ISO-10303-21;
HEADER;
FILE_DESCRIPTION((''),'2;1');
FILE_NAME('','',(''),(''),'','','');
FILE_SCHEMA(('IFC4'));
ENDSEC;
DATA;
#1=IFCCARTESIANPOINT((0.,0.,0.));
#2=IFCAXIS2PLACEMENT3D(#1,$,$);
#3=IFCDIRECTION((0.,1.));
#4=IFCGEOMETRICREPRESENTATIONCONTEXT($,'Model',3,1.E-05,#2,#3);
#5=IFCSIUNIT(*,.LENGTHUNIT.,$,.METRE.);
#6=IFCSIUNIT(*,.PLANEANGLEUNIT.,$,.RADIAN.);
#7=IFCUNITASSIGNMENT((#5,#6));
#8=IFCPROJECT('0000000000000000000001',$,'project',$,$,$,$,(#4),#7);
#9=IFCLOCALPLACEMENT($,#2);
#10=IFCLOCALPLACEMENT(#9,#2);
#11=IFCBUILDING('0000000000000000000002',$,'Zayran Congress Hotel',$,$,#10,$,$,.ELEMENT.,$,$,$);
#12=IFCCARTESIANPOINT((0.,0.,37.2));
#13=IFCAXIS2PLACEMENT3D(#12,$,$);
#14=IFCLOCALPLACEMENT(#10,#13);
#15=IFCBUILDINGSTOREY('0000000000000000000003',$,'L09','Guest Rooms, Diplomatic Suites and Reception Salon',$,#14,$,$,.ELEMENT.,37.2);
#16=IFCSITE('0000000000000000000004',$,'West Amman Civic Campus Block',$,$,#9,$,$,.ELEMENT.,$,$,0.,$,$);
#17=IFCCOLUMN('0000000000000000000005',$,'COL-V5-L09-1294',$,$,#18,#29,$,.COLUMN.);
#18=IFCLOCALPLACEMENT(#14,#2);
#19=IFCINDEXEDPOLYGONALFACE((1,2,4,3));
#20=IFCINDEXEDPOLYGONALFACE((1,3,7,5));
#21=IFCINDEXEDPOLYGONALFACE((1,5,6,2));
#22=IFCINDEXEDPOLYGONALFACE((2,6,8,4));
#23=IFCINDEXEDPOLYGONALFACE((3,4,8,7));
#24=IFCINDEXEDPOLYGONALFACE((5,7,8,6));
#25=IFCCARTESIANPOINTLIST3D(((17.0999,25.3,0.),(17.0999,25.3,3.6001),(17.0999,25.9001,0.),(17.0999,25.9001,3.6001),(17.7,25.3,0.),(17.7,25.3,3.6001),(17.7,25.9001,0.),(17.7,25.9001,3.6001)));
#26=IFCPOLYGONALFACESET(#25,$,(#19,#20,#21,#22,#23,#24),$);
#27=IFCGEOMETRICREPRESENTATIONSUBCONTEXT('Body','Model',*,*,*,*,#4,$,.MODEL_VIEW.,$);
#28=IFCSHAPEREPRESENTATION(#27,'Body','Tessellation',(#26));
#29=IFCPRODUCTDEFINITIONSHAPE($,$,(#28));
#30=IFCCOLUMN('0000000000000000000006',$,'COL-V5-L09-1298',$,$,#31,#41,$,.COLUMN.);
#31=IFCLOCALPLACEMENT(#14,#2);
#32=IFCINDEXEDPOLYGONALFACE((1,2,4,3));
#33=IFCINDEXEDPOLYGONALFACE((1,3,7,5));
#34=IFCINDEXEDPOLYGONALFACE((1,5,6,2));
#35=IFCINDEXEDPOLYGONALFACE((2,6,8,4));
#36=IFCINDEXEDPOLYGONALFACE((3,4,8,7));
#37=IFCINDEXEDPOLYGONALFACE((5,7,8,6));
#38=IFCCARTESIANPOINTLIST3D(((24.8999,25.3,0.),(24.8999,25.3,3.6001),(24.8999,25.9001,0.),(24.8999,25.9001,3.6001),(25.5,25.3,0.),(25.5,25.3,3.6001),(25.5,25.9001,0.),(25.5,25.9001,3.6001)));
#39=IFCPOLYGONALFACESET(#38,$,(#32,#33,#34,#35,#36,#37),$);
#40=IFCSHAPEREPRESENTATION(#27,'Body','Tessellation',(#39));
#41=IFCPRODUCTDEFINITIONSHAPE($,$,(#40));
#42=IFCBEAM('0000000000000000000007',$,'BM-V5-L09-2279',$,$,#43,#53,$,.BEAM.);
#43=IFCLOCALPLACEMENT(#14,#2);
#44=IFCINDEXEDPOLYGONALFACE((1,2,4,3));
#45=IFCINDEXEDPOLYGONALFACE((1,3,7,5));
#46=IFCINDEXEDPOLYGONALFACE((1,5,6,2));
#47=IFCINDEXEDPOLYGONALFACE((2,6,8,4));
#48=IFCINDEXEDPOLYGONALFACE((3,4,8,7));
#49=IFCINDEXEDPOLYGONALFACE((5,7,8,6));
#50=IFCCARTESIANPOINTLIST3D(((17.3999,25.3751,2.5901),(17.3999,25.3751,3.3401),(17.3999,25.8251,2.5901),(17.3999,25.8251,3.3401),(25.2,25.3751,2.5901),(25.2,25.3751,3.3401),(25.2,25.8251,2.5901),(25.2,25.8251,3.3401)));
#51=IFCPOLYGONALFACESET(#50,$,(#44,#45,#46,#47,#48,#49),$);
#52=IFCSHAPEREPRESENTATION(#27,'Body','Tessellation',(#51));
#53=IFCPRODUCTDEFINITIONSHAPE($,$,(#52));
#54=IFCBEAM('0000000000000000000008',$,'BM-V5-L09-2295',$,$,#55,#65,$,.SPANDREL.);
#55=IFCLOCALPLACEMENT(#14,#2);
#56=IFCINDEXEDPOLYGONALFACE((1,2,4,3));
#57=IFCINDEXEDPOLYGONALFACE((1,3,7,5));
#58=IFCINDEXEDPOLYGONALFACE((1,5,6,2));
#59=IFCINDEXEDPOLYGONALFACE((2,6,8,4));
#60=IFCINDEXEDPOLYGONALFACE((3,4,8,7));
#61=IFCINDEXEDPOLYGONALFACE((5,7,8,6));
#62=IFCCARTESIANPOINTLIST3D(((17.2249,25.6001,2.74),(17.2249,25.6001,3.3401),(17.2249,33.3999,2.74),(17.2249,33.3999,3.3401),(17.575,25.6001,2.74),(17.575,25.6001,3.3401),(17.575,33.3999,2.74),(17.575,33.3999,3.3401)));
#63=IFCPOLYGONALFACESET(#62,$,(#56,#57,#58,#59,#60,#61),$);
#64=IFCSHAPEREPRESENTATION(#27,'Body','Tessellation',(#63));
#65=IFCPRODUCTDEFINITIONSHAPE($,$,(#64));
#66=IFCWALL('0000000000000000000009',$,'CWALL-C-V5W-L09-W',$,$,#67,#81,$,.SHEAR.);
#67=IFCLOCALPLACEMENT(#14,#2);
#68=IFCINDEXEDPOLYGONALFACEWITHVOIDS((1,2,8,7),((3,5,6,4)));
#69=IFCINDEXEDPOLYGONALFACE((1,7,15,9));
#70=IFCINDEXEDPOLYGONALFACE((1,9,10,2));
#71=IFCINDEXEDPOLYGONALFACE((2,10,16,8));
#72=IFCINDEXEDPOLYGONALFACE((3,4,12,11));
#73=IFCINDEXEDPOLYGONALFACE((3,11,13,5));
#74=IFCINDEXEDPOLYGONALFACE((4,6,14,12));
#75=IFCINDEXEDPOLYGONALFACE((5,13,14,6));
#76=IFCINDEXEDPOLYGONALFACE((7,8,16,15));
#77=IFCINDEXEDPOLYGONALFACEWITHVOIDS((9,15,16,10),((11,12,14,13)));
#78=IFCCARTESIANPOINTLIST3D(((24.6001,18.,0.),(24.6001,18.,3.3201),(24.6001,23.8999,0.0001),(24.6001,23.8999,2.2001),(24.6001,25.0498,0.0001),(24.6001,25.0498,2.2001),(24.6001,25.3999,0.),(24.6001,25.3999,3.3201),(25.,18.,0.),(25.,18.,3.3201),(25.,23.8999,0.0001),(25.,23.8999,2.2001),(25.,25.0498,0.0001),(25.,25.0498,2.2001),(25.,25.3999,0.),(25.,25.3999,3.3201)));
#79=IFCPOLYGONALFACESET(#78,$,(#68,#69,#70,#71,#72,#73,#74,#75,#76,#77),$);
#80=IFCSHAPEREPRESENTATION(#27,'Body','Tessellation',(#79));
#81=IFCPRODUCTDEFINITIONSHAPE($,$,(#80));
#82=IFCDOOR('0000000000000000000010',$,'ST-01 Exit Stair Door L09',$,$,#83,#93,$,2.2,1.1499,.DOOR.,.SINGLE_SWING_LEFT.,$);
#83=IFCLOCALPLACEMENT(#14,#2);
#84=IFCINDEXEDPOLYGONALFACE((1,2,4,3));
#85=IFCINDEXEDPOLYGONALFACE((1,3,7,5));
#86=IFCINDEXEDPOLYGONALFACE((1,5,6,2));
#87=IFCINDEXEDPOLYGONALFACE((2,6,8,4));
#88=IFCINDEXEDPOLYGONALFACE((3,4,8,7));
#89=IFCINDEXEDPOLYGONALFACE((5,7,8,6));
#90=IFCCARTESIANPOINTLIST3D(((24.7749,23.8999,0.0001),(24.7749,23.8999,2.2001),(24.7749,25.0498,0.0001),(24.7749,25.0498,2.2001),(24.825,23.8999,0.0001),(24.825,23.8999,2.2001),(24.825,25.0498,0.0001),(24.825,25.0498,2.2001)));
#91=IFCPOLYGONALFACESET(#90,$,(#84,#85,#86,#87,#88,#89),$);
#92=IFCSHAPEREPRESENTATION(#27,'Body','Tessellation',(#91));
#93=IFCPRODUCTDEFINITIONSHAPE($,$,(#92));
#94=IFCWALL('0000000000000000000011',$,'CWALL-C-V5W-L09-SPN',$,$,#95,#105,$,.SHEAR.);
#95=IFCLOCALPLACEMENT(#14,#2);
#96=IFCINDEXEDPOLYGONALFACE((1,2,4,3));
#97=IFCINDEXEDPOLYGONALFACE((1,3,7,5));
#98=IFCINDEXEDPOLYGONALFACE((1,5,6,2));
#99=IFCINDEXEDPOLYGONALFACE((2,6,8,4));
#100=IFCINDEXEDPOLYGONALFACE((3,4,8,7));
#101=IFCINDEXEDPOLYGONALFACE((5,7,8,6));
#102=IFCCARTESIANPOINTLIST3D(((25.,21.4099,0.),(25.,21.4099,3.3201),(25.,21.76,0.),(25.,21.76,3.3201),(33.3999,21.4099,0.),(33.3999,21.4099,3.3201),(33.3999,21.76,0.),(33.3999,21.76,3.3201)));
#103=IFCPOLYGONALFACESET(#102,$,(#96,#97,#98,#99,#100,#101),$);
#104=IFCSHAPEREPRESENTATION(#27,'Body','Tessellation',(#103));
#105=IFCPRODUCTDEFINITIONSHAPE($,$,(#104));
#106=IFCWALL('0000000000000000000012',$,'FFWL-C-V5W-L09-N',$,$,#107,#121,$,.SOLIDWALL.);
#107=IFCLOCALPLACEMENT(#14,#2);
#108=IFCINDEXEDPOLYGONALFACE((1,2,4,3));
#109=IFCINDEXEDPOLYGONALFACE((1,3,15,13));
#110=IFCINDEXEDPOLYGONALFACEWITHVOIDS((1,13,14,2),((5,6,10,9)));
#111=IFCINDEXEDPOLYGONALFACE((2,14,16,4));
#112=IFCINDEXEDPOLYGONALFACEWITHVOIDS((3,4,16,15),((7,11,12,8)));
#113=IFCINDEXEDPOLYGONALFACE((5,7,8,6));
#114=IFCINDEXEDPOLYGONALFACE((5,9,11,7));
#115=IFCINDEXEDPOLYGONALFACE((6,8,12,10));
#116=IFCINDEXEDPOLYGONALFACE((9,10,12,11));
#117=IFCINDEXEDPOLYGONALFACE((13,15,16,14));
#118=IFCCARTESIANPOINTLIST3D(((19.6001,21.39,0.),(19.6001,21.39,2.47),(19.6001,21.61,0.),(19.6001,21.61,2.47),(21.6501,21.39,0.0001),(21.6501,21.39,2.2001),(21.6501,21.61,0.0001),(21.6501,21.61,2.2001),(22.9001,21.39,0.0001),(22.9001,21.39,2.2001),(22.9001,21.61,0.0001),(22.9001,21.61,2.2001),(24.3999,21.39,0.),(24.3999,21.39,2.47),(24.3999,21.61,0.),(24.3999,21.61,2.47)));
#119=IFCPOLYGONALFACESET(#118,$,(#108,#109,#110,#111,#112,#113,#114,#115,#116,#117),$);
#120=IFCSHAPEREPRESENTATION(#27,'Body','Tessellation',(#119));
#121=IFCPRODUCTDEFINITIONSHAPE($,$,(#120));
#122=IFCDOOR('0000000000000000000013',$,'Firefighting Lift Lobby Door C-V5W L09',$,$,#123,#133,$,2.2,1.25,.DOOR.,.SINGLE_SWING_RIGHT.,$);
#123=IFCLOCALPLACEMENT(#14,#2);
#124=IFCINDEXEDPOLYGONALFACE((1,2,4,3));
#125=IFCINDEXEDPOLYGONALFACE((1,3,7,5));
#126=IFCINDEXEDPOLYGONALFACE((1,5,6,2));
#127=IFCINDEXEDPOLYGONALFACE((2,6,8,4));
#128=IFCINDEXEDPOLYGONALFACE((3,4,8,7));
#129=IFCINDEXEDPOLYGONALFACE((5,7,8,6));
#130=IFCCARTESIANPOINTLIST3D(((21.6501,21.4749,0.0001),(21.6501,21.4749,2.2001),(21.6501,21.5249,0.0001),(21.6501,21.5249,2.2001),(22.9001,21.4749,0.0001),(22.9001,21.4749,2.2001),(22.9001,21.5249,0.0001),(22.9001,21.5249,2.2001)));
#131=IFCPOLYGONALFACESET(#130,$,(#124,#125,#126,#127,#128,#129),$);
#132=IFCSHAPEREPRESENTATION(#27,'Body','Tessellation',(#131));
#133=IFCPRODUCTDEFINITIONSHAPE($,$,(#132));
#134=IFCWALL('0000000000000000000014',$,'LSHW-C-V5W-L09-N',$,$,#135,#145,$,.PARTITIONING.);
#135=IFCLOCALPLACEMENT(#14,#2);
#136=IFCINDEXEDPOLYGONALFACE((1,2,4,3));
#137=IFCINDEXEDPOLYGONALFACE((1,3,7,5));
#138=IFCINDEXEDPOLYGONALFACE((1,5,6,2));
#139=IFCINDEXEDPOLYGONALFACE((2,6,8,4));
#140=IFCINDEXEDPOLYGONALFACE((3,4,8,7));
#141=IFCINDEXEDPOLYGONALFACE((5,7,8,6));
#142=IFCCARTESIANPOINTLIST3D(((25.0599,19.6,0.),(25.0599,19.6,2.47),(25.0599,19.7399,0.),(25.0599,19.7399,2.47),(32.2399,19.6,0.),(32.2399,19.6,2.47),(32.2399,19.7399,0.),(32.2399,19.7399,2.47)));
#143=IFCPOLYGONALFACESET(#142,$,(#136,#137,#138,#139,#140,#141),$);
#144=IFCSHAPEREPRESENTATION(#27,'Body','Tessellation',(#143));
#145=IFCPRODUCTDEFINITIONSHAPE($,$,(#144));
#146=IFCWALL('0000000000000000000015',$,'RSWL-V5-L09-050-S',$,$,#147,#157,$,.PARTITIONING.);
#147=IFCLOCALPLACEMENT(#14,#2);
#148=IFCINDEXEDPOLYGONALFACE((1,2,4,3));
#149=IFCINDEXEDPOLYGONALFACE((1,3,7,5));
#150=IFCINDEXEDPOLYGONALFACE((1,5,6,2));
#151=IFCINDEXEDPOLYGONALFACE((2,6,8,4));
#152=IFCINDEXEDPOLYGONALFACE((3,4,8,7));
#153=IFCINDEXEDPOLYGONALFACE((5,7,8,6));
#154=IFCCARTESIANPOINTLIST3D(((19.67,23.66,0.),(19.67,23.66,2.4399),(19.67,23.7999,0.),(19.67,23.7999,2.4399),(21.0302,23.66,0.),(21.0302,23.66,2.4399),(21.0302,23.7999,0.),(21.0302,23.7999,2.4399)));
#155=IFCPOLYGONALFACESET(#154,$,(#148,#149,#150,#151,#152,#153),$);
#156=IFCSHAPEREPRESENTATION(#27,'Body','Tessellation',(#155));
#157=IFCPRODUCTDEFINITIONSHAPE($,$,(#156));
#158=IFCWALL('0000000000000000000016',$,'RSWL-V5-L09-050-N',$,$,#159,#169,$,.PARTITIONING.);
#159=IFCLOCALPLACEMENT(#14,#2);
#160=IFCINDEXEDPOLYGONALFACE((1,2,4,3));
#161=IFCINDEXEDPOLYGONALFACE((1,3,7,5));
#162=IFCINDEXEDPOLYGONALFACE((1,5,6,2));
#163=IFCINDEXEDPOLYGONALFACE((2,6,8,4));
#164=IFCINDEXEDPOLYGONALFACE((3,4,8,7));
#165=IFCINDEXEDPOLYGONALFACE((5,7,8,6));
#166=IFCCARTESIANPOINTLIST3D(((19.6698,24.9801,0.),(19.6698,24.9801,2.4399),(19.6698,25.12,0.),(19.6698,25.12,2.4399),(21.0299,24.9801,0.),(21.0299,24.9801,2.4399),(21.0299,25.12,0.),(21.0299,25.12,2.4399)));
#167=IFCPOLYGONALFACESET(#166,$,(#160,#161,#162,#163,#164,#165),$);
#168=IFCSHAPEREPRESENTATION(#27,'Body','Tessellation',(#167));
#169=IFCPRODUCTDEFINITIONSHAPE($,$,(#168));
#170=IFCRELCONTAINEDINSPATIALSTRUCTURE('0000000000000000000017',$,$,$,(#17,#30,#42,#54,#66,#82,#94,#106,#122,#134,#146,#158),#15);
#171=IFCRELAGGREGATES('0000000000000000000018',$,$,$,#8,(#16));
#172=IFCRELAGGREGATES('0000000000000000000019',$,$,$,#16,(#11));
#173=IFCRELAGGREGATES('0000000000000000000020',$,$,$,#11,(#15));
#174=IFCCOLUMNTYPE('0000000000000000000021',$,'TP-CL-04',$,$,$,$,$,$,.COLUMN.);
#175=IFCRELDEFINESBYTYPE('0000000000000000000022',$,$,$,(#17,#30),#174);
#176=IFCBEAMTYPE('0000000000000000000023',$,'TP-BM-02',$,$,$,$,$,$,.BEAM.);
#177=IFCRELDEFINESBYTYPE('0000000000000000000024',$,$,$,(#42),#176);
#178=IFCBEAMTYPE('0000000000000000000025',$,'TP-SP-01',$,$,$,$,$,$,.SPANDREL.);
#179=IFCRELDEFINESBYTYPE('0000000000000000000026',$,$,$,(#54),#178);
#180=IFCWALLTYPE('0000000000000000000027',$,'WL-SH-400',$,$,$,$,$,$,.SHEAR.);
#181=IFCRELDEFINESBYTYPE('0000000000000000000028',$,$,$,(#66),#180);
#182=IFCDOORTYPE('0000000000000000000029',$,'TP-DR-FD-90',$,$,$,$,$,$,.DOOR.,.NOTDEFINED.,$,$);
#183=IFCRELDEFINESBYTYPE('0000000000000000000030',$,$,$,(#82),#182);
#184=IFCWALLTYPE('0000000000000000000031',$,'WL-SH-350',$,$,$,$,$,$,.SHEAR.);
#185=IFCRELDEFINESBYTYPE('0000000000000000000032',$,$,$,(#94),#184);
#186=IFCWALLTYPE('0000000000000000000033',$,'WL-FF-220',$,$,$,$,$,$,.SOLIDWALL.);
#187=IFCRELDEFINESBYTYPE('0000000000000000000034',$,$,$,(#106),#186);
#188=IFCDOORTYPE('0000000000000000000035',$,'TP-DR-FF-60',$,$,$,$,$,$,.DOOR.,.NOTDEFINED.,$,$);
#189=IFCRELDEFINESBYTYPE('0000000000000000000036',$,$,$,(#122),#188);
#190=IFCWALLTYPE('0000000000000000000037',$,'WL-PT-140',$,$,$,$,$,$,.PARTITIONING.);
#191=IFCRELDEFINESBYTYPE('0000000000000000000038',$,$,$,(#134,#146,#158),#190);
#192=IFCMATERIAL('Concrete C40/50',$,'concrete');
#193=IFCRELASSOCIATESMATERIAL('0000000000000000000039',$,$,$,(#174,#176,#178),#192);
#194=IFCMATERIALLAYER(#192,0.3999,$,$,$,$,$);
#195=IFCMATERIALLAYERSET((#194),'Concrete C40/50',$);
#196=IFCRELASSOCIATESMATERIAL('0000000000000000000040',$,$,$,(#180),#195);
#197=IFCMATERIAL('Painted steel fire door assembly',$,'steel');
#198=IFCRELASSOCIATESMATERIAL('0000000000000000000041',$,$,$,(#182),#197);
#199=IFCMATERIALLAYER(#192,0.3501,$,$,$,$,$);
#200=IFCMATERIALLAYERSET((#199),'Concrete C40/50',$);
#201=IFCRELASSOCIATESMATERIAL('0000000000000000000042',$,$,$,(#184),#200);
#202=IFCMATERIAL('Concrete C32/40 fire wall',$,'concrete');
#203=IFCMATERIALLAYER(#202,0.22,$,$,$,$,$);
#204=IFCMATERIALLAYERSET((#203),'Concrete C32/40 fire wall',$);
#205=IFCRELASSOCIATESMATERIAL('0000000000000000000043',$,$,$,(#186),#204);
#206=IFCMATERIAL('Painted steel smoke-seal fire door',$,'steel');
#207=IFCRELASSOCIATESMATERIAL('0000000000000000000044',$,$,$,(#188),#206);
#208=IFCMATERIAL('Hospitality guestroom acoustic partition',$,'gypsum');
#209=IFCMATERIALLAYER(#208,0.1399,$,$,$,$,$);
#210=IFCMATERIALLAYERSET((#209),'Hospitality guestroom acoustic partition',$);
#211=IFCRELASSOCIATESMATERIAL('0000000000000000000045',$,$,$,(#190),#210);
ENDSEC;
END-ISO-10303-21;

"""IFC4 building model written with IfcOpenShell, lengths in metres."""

from ifc_helpers import new_model, si_unit, direction, frame, frame_2d, origin, origin_2d, place, context, subcontext, project, spatial, rectangle, extrude, material, layer, layer_set, material_profile, profile_set, type_object, element, fill, save


model = new_model("IFC4")

# Units and contexts
model_context = context("Model", 3, precision=1e-05, world=origin(), true_north=direction((0.0, 1.0)))
body_context = subcontext(model_context, "Body", "Model", "MODEL_VIEW")
ifc_project = project(units=[si_unit("LENGTHUNIT", "METRE"), si_unit("PLANEANGLEUNIT", "RADIAN")], contexts=[model_context])

# Site, building, storey
site_placement = place(None, origin())
site = spatial("IfcSite", under=ifc_project, at=site_placement, Name="West Amman Civic Campus Block", CompositionType="ELEMENT", RefElevation=0.0)
building_placement = place(site_placement, origin())
building = spatial("IfcBuilding", under=site, at=building_placement, Name="Zayran Congress Hotel", CompositionType="ELEMENT")
storey_placement = place(building_placement, frame((0.0, 0.0, 37.2)))
storey = spatial("IfcBuildingStorey", under=building, at=storey_placement, Name="L09", Description="Guest Rooms, Diplomatic Suites and Reception Salon", CompositionType="ELEMENT", Elevation=37.2)

# Columns
ifc_material_1 = material(Name="Concrete C40/50", Category="concrete")
ifc_material_profile_1 = material_profile(ifc_material_1, rectangle(XDim=0.6001, YDim=0.6001, at=origin_2d()), Name="RC 600x600")
ifc_profile_set_1 = profile_set([ifc_material_profile_1], Name="Concrete C40/50")
column_type = type_object("IfcColumnType", Name="TP-CL-04", PredefinedType="COLUMN", material=ifc_profile_set_1)
for number, where, z_axis, x_axis, name in (
    (1, (17.3999, 25.6001, 0.0), (0.0, 0.0, 1.0), (1.0, 0.0, 0.0), "COL-V5-L09-1294"),
    (2, (25.2, 25.6001, 0.0), (0.0, 0.0, 1.0), (1.0, 0.0, 0.0), "COL-V5-L09-1298"),
):
    element("IfcColumn", number, at=place(storey_placement, frame(where, z_axis=z_axis, x_axis=x_axis)), inside=storey, type_object=column_type, Name=name, PredefinedType="COLUMN", context=body_context, shape_type="SweptSolid", body=[
        extrude(rectangle(XDim=0.6001, YDim=0.6001, at=origin_2d()), origin(), (0.0, 0.0, 1.0), 3.6001),
    ])

# Beams
ifc_material_profile_2 = material_profile(ifc_material_1, rectangle(XDim=0.45, YDim=0.75, at=origin_2d()), Name="RC 450x750")
ifc_profile_set_2 = profile_set([ifc_material_profile_2], Name="Concrete C40/50")
beam_type_1 = type_object("IfcBeamType", Name="TP-BM-02", PredefinedType="BEAM", material=ifc_profile_set_2)
beam_1_placement = place(storey_placement, frame((17.3999, 25.6001, 2.9651), z_axis=(1.0, 0.0, 0.0), x_axis=(0.0, 1.0, 0.0)))
element("IfcBeam", 3, at=beam_1_placement, inside=storey, type_object=beam_type_1, Name="BM-V5-L09-2279", PredefinedType="BEAM", context=body_context, shape_type="SweptSolid", body=[
    extrude(rectangle(XDim=0.45, YDim=0.75, at=origin_2d()), origin(), (0.0, 0.0, 1.0), 7.8),
])
ifc_material_profile_3 = material_profile(ifc_material_1, rectangle(XDim=0.3501, YDim=0.6001, at=origin_2d()), Name="RC 350x600")
ifc_profile_set_3 = profile_set([ifc_material_profile_3], Name="Concrete C40/50")
beam_type_2 = type_object("IfcBeamType", Name="TP-SP-01", PredefinedType="SPANDREL", material=ifc_profile_set_3)
beam_2_placement = place(storey_placement, frame((17.3999, 25.6001, 3.04), z_axis=(0.0, 1.0, 0.0), x_axis=(-1.0, 0.0, 0.0)))
element("IfcBeam", 4, at=beam_2_placement, inside=storey, type_object=beam_type_2, Name="BM-V5-L09-2295", PredefinedType="SPANDREL", context=body_context, shape_type="SweptSolid", body=[
    extrude(rectangle(XDim=0.3501, YDim=0.6001, at=origin_2d()), origin(), (0.0, 0.0, 1.0), 7.7998),
])

# Wall, opening, door
ifc_layer_1 = layer(ifc_material_1, 0.3999)
ifc_layer_set_1 = layer_set([ifc_layer_1], Name="Concrete C40/50")
wall_type_1 = type_object("IfcWallType", Name="WL-SH-400", PredefinedType="SHEAR", material=ifc_layer_set_1)
wall_1_placement = place(storey_placement, frame((24.8, 25.3999, 0.0), z_axis=(0.0, 0.0, 1.0), x_axis=(0.0, -1.0, 0.0)))
wall_1 = element("IfcWall", 5, at=wall_1_placement, inside=storey, type_object=wall_type_1, Name="CWALL-C-V5W-L09-W", PredefinedType="SHEAR", context=body_context, shape_type="SweptSolid", body=[
    extrude(rectangle(XDim=7.3999, YDim=0.3999, at=frame_2d((3.7, 0.0))), origin(), (0.0, 0.0, 1.0), 3.3201),
])
opening_1_placement = place(wall_1_placement, frame((0.3501, 0.0, 0.0)))
opening_1 = element("IfcOpeningElement", 6, at=opening_1_placement, cuts=wall_1, PredefinedType="OPENING", context=body_context, shape_type="SweptSolid", body=[
    extrude(rectangle(XDim=1.1499, YDim=2.2, at=frame_2d((0.575, 1.1001))), frame((0.0, 0.21, 0.0), z_axis=(0.0, -1.0, 0.0), x_axis=(1.0, 0.0, 0.0)), (0.0, 0.0, 1.0), 0.4199),
])
ifc_material_2 = material(Name="Painted steel fire door assembly", Category="steel")
door_type_1 = type_object("IfcDoorType", Name="TP-DR-FD-90", OperationType="NOTDEFINED", PredefinedType="DOOR", material=ifc_material_2)
door_1_placement = place(opening_1_placement, origin())
door_1 = element("IfcDoor", 7, at=door_1_placement, inside=storey, type_object=door_type_1, Name="ST-01 Exit Stair Door L09", OperationType="SINGLE_SWING_LEFT", OverallHeight=2.2, OverallWidth=1.1499, PredefinedType="DOOR", context=body_context, shape_type="SweptSolid", body=[
    extrude(rectangle(XDim=1.1499, YDim=2.2, at=frame_2d((0.575, 1.1001))), frame((0.0, 0.0249, 0.0), z_axis=(0.0, -1.0, 0.0), x_axis=(1.0, 0.0, 0.0)), (0.0, 0.0, 1.0), 0.05),
])
fill(opening_1, door_1)

# Wall
ifc_layer_2 = layer(ifc_material_1, 0.3501)
ifc_layer_set_2 = layer_set([ifc_layer_2], Name="Concrete C40/50")
wall_type_2 = type_object("IfcWallType", Name="WL-SH-350", PredefinedType="SHEAR", material=ifc_layer_set_2)
wall_2_placement = place(storey_placement, frame((25.0, 21.585, 0.0), z_axis=(0.0, 0.0, 1.0), x_axis=(1.0, 0.0, 0.0)))
element("IfcWall", 8, at=wall_2_placement, inside=storey, type_object=wall_type_2, Name="CWALL-C-V5W-L09-SPN", PredefinedType="SHEAR", context=body_context, shape_type="SweptSolid", body=[
    extrude(rectangle(XDim=8.3999, YDim=0.3501, at=frame_2d((4.2, 0.0))), origin(), (0.0, 0.0, 1.0), 3.3201),
])

# Wall, opening, door
ifc_material_3 = material(Name="Concrete C32/40 fire wall", Category="concrete")
ifc_layer_3 = layer(ifc_material_3, 0.22)
ifc_layer_set_3 = layer_set([ifc_layer_3], Name="Concrete C32/40 fire wall")
wall_type_3 = type_object("IfcWallType", Name="WL-FF-220", PredefinedType="SOLIDWALL", material=ifc_layer_set_3)
wall_3_placement = place(storey_placement, frame((19.6001, 21.5, 0.0), z_axis=(0.0, 0.0, 1.0), x_axis=(1.0, 0.0, 0.0)))
wall_3 = element("IfcWall", 9, at=wall_3_placement, inside=storey, type_object=wall_type_3, Name="FFWL-C-V5W-L09-N", PredefinedType="SOLIDWALL", context=body_context, shape_type="SweptSolid", body=[
    extrude(rectangle(XDim=4.7998, YDim=0.22, at=frame_2d((2.3999, 0.0))), origin(), (0.0, 0.0, 1.0), 2.47),
])
opening_2_placement = place(wall_3_placement, frame((2.05, 0.0, 0.0)))
opening_2 = element("IfcOpeningElement", 10, at=opening_2_placement, cuts=wall_3, PredefinedType="OPENING", context=body_context, shape_type="SweptSolid", body=[
    extrude(rectangle(XDim=1.25, YDim=2.2, at=frame_2d((0.625, 1.1001))), frame((0.0, 0.1199, 0.0), z_axis=(0.0, -1.0, 0.0), x_axis=(1.0, 0.0, 0.0)), (0.0, 0.0, 1.0), 0.24),
])
ifc_material_4 = material(Name="Painted steel smoke-seal fire door", Category="steel")
door_type_2 = type_object("IfcDoorType", Name="TP-DR-FF-60", OperationType="NOTDEFINED", PredefinedType="DOOR", material=ifc_material_4)
door_2_placement = place(opening_2_placement, origin())
door_2 = element("IfcDoor", 11, at=door_2_placement, inside=storey, type_object=door_type_2, Name="Firefighting Lift Lobby Door C-V5W L09", OperationType="SINGLE_SWING_RIGHT", OverallHeight=2.2, OverallWidth=1.25, PredefinedType="DOOR", context=body_context, shape_type="SweptSolid", body=[
    extrude(rectangle(XDim=1.25, YDim=2.2, at=frame_2d((0.625, 1.1001))), frame((0.0, 0.0249, 0.0), z_axis=(0.0, -1.0, 0.0), x_axis=(1.0, 0.0, 0.0)), (0.0, 0.0, 1.0), 0.05),
])
fill(opening_2, door_2)

# Walls
ifc_material_5 = material(Name="Hospitality guestroom acoustic partition", Category="gypsum")
ifc_layer_4 = layer(ifc_material_5, 0.1399)
ifc_layer_set_4 = layer_set([ifc_layer_4], Name="Hospitality guestroom acoustic partition")
wall_type_4 = type_object("IfcWallType", Name="WL-PT-140", PredefinedType="PARTITIONING", material=ifc_layer_set_4)
wall_4_placement = place(storey_placement, frame((25.0601, 19.6699, 0.0), z_axis=(0.0, 0.0, 1.0), x_axis=(1.0, 0.0, 0.0)))
element("IfcWall", 12, at=wall_4_placement, inside=storey, type_object=wall_type_4, Name="LSHW-C-V5W-L09-N", PredefinedType="PARTITIONING", context=body_context, shape_type="SweptSolid", body=[
    extrude(rectangle(XDim=7.1799, YDim=0.1399, at=frame_2d((3.5898, 0.0))), origin(), (0.0, 0.0, 1.0), 2.47),
])
for number, where, z_axis, x_axis, name in (
    (13, (19.6699, 23.73, 0.0), (0.0, 0.0, 1.0), (1.0, 0.0, 0.0), "RSWL-V5-L09-050-S"),
    (14, (21.03, 25.05, 0.0), (0.0, 0.0, 1.0), (-1.0, 0.0, 0.0), "RSWL-V5-L09-050-N"),
):
    element("IfcWall", number, at=place(storey_placement, frame(where, z_axis=z_axis, x_axis=x_axis)), inside=storey, type_object=wall_type_4, Name=name, PredefinedType="PARTITIONING", context=body_context, shape_type="SweptSolid", body=[
        extrude(rectangle(XDim=1.3601, YDim=0.1399, at=frame_2d((0.6802, 0.0))), origin(), (0.0, 0.0, 1.0), 2.4399),
    ])

save(model, "model.ifc")
